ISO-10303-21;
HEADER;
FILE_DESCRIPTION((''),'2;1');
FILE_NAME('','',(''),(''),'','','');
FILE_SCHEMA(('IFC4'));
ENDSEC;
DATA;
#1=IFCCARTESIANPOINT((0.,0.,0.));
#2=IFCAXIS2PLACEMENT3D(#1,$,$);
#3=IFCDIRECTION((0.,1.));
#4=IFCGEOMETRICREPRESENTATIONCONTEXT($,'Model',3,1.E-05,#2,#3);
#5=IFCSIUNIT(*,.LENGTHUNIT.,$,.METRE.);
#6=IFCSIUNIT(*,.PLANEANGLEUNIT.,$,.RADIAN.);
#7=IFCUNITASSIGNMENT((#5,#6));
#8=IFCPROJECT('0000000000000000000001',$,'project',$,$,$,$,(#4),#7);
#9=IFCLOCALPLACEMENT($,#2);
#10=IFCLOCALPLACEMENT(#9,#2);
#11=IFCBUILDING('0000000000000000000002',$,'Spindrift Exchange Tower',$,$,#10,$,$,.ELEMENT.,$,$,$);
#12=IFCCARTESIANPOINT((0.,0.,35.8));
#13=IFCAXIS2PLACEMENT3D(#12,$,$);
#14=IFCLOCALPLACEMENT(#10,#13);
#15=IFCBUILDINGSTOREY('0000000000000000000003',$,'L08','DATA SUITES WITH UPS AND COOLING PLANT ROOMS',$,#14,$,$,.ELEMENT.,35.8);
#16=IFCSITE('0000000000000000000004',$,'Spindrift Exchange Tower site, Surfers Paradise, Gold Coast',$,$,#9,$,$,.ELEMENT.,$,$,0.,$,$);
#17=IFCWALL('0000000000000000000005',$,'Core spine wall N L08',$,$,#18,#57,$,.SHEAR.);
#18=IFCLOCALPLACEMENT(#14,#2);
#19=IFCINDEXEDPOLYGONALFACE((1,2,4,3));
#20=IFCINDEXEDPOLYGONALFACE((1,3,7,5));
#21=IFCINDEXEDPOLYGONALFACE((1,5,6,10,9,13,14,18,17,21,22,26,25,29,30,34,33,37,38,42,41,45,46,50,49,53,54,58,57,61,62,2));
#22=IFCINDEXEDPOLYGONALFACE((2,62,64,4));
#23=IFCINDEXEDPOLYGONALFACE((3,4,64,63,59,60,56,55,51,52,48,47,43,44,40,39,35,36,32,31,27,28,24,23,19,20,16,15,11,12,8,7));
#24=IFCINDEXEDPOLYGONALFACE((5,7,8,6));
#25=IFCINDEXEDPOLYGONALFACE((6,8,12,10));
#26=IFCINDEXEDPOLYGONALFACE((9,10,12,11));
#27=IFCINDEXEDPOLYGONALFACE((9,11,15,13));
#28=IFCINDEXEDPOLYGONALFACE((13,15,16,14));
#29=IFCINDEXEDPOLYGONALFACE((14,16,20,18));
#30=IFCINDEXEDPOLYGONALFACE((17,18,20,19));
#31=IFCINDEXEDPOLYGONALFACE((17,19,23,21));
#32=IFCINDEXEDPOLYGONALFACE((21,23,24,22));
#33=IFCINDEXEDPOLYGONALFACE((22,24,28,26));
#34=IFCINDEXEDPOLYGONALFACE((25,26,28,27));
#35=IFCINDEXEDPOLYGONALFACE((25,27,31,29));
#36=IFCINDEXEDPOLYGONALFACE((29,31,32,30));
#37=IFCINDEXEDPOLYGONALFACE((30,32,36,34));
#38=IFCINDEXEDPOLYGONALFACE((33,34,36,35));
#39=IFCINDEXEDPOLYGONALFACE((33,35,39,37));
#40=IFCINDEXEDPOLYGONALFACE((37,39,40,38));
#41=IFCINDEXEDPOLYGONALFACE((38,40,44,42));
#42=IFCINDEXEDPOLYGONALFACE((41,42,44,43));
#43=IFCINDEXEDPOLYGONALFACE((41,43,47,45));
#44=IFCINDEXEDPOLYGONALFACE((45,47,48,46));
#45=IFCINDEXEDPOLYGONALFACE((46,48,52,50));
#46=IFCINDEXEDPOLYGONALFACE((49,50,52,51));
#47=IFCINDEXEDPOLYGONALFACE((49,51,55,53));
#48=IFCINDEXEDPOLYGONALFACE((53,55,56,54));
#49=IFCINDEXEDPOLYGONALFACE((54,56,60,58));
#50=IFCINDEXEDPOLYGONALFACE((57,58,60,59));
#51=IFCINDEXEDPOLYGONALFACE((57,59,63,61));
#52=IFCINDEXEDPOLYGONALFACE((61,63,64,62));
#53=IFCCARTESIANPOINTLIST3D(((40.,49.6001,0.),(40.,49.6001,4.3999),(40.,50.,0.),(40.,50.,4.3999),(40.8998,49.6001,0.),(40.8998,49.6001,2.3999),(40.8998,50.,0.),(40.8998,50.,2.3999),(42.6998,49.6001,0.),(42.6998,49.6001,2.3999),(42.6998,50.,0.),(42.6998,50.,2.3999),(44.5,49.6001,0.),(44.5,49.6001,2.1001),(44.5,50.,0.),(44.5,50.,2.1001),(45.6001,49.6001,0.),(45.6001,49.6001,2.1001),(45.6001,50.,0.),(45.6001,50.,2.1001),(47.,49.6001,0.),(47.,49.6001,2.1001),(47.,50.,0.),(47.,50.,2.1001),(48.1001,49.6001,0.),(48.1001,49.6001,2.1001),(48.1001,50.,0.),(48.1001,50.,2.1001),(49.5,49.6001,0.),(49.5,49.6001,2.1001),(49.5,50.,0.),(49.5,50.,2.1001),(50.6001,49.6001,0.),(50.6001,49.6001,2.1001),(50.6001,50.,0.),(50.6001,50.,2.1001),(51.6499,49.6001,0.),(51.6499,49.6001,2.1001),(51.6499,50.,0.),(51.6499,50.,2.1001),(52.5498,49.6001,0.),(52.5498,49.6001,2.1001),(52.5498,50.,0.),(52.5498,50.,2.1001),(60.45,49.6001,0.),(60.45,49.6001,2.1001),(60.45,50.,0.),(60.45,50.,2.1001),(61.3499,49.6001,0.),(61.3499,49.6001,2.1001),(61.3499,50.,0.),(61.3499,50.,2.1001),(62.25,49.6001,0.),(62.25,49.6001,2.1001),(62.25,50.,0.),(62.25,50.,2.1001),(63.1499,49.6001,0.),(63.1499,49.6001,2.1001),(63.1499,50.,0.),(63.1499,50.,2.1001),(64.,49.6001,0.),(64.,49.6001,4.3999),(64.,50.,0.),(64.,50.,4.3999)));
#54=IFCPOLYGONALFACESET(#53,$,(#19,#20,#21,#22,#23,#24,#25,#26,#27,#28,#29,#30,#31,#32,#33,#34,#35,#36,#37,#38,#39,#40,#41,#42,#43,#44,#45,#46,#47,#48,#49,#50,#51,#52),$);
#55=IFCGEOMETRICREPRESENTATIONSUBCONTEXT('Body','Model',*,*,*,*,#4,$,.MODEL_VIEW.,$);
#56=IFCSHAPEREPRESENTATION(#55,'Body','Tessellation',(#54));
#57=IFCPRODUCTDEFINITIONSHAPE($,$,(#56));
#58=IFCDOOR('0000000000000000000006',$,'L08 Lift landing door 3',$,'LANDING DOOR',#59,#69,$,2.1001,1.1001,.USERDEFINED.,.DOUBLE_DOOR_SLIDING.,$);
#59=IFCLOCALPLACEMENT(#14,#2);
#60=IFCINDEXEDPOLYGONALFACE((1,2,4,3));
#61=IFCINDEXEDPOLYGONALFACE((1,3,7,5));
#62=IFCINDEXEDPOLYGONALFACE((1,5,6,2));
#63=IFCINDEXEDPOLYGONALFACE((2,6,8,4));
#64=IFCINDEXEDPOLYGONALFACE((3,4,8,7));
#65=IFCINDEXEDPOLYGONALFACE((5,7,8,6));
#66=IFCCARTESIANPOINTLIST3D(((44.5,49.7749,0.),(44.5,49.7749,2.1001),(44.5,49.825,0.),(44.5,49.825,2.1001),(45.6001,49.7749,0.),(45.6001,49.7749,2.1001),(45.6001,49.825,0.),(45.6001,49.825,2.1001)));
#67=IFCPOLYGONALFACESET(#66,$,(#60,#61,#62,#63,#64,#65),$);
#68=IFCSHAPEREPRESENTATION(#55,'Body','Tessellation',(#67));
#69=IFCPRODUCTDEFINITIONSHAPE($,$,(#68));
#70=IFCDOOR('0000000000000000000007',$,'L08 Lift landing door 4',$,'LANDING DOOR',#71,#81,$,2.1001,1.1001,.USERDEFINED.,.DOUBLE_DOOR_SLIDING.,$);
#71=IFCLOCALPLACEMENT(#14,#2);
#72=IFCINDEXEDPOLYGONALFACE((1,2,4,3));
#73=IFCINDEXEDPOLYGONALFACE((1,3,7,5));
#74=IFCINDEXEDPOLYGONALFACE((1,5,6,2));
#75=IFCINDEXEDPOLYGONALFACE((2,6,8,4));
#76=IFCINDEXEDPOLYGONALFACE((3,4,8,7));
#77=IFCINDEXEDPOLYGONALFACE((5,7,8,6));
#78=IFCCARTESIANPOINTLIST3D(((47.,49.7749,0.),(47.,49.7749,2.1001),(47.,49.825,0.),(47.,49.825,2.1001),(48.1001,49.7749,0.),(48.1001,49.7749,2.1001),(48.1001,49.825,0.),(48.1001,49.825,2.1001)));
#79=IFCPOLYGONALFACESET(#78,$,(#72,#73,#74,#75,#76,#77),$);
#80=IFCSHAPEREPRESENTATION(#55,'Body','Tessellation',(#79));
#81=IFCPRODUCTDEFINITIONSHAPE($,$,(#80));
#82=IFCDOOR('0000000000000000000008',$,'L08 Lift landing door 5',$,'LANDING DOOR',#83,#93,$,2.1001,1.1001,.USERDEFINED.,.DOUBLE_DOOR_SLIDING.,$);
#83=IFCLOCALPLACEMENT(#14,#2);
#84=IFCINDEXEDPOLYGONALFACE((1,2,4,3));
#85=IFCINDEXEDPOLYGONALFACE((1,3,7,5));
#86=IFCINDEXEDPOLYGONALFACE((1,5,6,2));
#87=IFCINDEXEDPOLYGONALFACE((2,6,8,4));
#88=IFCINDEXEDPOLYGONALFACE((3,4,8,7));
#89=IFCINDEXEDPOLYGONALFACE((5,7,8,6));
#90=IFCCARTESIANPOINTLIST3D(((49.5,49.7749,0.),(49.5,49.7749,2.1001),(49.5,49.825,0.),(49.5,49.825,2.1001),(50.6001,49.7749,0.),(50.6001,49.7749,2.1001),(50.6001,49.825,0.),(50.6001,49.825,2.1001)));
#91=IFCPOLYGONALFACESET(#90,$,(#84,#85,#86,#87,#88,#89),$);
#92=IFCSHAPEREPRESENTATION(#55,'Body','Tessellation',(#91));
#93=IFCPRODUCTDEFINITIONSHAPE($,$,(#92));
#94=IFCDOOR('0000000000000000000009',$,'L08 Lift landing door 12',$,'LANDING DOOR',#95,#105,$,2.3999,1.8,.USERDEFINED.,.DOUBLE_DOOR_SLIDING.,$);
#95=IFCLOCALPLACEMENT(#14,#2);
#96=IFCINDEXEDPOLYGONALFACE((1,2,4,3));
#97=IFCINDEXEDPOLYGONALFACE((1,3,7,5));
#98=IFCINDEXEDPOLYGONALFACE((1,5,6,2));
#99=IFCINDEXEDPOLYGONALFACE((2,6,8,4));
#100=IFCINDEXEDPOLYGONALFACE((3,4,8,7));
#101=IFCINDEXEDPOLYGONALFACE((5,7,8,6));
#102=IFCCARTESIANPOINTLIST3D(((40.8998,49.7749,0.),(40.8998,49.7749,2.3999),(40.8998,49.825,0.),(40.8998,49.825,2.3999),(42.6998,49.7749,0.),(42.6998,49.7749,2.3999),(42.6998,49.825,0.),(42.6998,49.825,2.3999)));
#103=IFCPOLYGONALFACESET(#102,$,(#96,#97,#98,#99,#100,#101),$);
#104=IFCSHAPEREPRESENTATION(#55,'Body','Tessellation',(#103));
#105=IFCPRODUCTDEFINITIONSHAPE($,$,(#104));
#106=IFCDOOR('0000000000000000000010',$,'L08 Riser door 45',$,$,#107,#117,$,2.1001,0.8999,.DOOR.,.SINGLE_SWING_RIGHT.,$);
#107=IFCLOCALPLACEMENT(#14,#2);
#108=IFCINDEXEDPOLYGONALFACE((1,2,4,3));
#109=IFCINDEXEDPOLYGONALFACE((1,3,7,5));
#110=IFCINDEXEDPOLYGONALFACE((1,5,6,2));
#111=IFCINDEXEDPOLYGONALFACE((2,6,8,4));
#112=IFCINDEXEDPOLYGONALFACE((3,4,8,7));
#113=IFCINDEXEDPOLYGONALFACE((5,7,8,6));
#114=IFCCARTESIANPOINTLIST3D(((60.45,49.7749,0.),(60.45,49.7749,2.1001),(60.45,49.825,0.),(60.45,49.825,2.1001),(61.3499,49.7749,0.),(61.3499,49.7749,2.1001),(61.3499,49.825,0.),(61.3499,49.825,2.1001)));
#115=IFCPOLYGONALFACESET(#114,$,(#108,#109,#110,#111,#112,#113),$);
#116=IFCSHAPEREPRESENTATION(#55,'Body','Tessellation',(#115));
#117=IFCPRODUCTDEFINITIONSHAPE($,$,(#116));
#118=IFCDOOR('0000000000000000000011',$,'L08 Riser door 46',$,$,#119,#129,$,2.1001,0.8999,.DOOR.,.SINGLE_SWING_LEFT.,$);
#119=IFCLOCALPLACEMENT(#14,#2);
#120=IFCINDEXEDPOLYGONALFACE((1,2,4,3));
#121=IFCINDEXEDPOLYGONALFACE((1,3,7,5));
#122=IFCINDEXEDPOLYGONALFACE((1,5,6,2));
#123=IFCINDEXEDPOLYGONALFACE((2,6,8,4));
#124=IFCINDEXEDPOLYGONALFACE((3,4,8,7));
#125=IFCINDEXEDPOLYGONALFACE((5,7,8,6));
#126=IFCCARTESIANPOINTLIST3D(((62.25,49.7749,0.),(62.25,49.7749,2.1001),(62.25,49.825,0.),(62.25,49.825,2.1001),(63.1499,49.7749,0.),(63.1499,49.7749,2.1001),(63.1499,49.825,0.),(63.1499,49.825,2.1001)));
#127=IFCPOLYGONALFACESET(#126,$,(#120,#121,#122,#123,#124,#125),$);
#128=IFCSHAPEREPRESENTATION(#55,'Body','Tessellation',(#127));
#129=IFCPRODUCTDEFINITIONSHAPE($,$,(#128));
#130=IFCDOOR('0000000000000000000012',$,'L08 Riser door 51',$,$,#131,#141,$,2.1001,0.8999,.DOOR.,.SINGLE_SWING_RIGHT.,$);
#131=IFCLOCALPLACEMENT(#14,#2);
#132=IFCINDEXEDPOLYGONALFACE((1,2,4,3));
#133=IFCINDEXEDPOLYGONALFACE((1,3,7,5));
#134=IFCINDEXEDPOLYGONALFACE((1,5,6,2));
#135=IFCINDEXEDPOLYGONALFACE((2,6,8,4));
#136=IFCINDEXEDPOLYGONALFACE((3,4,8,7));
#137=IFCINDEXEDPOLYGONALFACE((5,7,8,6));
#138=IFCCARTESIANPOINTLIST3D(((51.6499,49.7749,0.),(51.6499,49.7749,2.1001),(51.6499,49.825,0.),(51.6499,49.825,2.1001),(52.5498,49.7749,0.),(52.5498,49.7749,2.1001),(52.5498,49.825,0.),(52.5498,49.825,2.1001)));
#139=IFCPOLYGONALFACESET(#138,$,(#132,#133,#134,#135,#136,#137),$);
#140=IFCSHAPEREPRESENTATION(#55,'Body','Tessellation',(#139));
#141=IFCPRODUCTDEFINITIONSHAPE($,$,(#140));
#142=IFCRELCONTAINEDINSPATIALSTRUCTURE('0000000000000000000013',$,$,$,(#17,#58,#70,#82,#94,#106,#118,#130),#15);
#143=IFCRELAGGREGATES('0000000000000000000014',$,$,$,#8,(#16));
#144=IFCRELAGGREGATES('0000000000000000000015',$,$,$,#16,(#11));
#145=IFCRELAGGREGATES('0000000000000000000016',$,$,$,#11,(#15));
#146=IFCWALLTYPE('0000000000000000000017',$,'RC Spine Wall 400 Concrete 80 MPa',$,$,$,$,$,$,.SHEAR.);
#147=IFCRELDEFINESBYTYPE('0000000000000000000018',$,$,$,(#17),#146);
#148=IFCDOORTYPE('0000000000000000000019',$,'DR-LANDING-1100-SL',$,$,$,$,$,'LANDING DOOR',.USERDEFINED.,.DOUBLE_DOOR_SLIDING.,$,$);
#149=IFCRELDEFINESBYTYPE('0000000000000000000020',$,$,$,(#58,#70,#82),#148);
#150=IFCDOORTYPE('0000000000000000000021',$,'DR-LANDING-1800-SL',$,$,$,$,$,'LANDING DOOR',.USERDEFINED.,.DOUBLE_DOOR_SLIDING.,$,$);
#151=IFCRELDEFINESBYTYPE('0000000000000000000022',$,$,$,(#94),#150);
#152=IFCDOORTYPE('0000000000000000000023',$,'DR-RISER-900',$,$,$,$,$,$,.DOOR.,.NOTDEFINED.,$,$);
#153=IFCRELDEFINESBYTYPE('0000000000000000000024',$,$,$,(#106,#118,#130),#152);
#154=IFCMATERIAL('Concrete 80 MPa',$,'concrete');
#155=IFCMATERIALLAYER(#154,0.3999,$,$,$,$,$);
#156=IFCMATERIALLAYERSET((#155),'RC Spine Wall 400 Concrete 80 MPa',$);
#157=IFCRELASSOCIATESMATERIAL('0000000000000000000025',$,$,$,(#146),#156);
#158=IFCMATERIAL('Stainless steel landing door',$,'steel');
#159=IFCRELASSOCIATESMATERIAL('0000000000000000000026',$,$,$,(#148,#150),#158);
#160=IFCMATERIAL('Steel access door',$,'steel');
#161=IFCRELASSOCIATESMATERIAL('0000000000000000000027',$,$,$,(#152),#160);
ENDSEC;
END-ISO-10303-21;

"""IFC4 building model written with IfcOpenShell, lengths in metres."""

from ifc_helpers import new_model, si_unit, direction, frame, frame_2d, origin, place, context, subcontext, project, spatial, rectangle, extrude, source, transform, mapped, material, layer, layer_set, type_object, element, fill, save


model = new_model("IFC4")

# Units and contexts
model_context = context("Model", 3, precision=1e-05, world=origin(), true_north=direction((0.0, 1.0)))
body_context = subcontext(model_context, "Body", "Model", "MODEL_VIEW")
ifc_project = project(units=[si_unit("LENGTHUNIT", "METRE"), si_unit("PLANEANGLEUNIT", "RADIAN")], contexts=[model_context])

# Site, building, storey
site_placement = place(None, origin())
site = spatial("IfcSite", under=ifc_project, at=site_placement, Name="Spindrift Exchange Tower site, Surfers Paradise, Gold Coast", CompositionType="ELEMENT", RefElevation=0.0)
building_placement = place(site_placement, origin())
building = spatial("IfcBuilding", under=site, at=building_placement, Name="Spindrift Exchange Tower", CompositionType="ELEMENT")
storey_placement = place(building_placement, frame((0.0, 0.0, 35.8)))
storey = spatial("IfcBuildingStorey", under=building, at=storey_placement, Name="L08", Description="DATA SUITES WITH UPS AND COOLING PLANT ROOMS", CompositionType="ELEMENT", Elevation=35.8)

# Wall, openings, doors
ifc_material_1 = material(Name="Concrete 80 MPa", Category="concrete")
ifc_layer_1 = layer(ifc_material_1, 0.3999)
ifc_layer_set_1 = layer_set([ifc_layer_1], Name="RC Spine Wall 400 Concrete 80 MPa")
wall_type_1 = type_object("IfcWallType", Name="RC Spine Wall 400 Concrete 80 MPa", PredefinedType="SHEAR", material=ifc_layer_set_1)
wall_1_placement = place(storey_placement, frame((40.0, 49.8, 0.0), z_axis=(0.0, 0.0, 1.0), x_axis=(1.0, 0.0, 0.0)))
wall_1 = element("IfcWall", 1, at=wall_1_placement, inside=storey, type_object=wall_type_1, Name="Core spine wall N L08", PredefinedType="SHEAR", context=body_context, shape_type="SweptSolid", body=[
    extrude(rectangle(XDim=24.0, YDim=0.3999, at=frame_2d((12.0, 0.0))), origin(), (0.0, 0.0, 1.0), 4.3999),
])
opening_1_placement = place(wall_1_placement, frame((4.5, 0.0, 0.0)))
opening_1 = element("IfcOpeningElement", 2, at=opening_1_placement, cuts=wall_1, PredefinedType="OPENING", context=body_context, shape_type="SweptSolid", body=[
    extrude(rectangle(XDim=1.1001, YDim=2.1001, at=frame_2d((0.55, 1.05))), frame((0.0, 0.21, 0.0), z_axis=(0.0, -1.0, 0.0), x_axis=(1.0, 0.0, 0.0)), (0.0, 0.0, 1.0), 0.4199),
])
opening_2_placement = place(wall_1_placement, frame((7.0, 0.0, 0.0)))
opening_2 = element("IfcOpeningElement", 3, at=opening_2_placement, cuts=wall_1, PredefinedType="OPENING", context=body_context, shape_type="SweptSolid", body=[
    extrude(rectangle(XDim=1.1001, YDim=2.1001, at=frame_2d((0.55, 1.05))), frame((0.0, 0.21, 0.0), z_axis=(0.0, -1.0, 0.0), x_axis=(1.0, 0.0, 0.0)), (0.0, 0.0, 1.0), 0.4199),
])
opening_3_placement = place(wall_1_placement, frame((9.5, 0.0, 0.0)))
opening_3 = element("IfcOpeningElement", 4, at=opening_3_placement, cuts=wall_1, PredefinedType="OPENING", context=body_context, shape_type="SweptSolid", body=[
    extrude(rectangle(XDim=1.1001, YDim=2.1001, at=frame_2d((0.55, 1.05))), frame((0.0, 0.21, 0.0), z_axis=(0.0, -1.0, 0.0), x_axis=(1.0, 0.0, 0.0)), (0.0, 0.0, 1.0), 0.4199),
])
opening_4_placement = place(wall_1_placement, frame((0.8999, 0.0, 0.0)))
opening_4 = element("IfcOpeningElement", 5, at=opening_4_placement, cuts=wall_1, PredefinedType="OPENING", context=body_context, shape_type="SweptSolid", body=[
    extrude(rectangle(XDim=1.8, YDim=2.3999, at=frame_2d((0.8999, 1.2))), frame((0.0, 0.21, 0.0), z_axis=(0.0, -1.0, 0.0), x_axis=(1.0, 0.0, 0.0)), (0.0, 0.0, 1.0), 0.4199),
])
opening_5_placement = place(wall_1_placement, frame((20.45, 0.0, 0.0)))
opening_5 = element("IfcOpeningElement", 6, at=opening_5_placement, cuts=wall_1, PredefinedType="OPENING", context=body_context, shape_type="SweptSolid", body=[
    extrude(rectangle(XDim=0.8999, YDim=2.1001, at=frame_2d((0.45, 1.05))), frame((0.0, 0.21, 0.0), z_axis=(0.0, -1.0, 0.0), x_axis=(1.0, 0.0, 0.0)), (0.0, 0.0, 1.0), 0.4199),
])
opening_6_placement = place(wall_1_placement, frame((22.25, 0.0, 0.0)))
opening_6 = element("IfcOpeningElement", 7, at=opening_6_placement, cuts=wall_1, PredefinedType="OPENING", context=body_context, shape_type="SweptSolid", body=[
    extrude(rectangle(XDim=0.8999, YDim=2.1001, at=frame_2d((0.45, 1.05))), frame((0.0, 0.21, 0.0), z_axis=(0.0, -1.0, 0.0), x_axis=(1.0, 0.0, 0.0)), (0.0, 0.0, 1.0), 0.4199),
])
opening_7_placement = place(wall_1_placement, frame((11.6499, 0.0, 0.0)))
opening_7 = element("IfcOpeningElement", 8, at=opening_7_placement, cuts=wall_1, PredefinedType="OPENING", context=body_context, shape_type="SweptSolid", body=[
    extrude(rectangle(XDim=0.8999, YDim=2.1001, at=frame_2d((0.45, 1.05))), frame((0.0, 0.21, 0.0), z_axis=(0.0, -1.0, 0.0), x_axis=(1.0, 0.0, 0.0)), (0.0, 0.0, 1.0), 0.4199),
])
ifc_material_2 = material(Name="Stainless steel landing door", Category="steel")
door_type_1 = type_object("IfcDoorType", Name="DR-LANDING-1100-SL", ElementType="LANDING DOOR", OperationType="DOUBLE_DOOR_SLIDING", PredefinedType="USERDEFINED", material=ifc_material_2)
shared_shape_1 = source(origin(), body_context, "Body", "SweptSolid", [
    extrude(rectangle(XDim=1.1001, YDim=2.1001, at=frame_2d((0.55, 1.05))), frame((0.0, 0.0249, 0.0), z_axis=(0.0, -1.0, 0.0), x_axis=(1.0, 0.0, 0.0)), (0.0, 0.0, 1.0), 0.05),
])
door_1_placement = place(opening_1_placement, origin())
door_1 = element("IfcDoor", 9, at=door_1_placement, inside=storey, type_object=door_type_1, Name="L08 Lift landing door 3", ObjectType="LANDING DOOR", OperationType="DOUBLE_DOOR_SLIDING", OverallHeight=2.1001, OverallWidth=1.1001, PredefinedType="USERDEFINED", context=body_context, shape_type="MappedRepresentation", body=[
    mapped(shared_shape_1, transform((0.0, 0.0, 0.0), scale=1.0)),
])
fill(opening_1, door_1)
door_2_placement = place(opening_2_placement, origin())
door_2 = element("IfcDoor", 10, at=door_2_placement, inside=storey, type_object=door_type_1, Name="L08 Lift landing door 4", ObjectType="LANDING DOOR", OperationType="DOUBLE_DOOR_SLIDING", OverallHeight=2.1001, OverallWidth=1.1001, PredefinedType="USERDEFINED", context=body_context, shape_type="MappedRepresentation", body=[
    mapped(shared_shape_1, transform((0.0, 0.0, 0.0), scale=1.0)),
])
fill(opening_2, door_2)
door_3_placement = place(opening_3_placement, origin())
door_3 = element("IfcDoor", 11, at=door_3_placement, inside=storey, type_object=door_type_1, Name="L08 Lift landing door 5", ObjectType="LANDING DOOR", OperationType="DOUBLE_DOOR_SLIDING", OverallHeight=2.1001, OverallWidth=1.1001, PredefinedType="USERDEFINED", context=body_context, shape_type="MappedRepresentation", body=[
    mapped(shared_shape_1, transform((0.0, 0.0, 0.0), scale=1.0)),
])
fill(opening_3, door_3)
door_type_2 = type_object("IfcDoorType", Name="DR-LANDING-1800-SL", ElementType="LANDING DOOR", OperationType="DOUBLE_DOOR_SLIDING", PredefinedType="USERDEFINED", material=ifc_material_2)
shared_shape_2 = source(origin(), body_context, "Body", "SweptSolid", [
    extrude(rectangle(XDim=1.8, YDim=2.3999, at=frame_2d((0.8999, 1.2))), frame((0.0, 0.0249, 0.0), z_axis=(0.0, -1.0, 0.0), x_axis=(1.0, 0.0, 0.0)), (0.0, 0.0, 1.0), 0.05),
])
door_4_placement = place(opening_4_placement, origin())
door_4 = element("IfcDoor", 12, at=door_4_placement, inside=storey, type_object=door_type_2, Name="L08 Lift landing door 12", ObjectType="LANDING DOOR", OperationType="DOUBLE_DOOR_SLIDING", OverallHeight=2.3999, OverallWidth=1.8, PredefinedType="USERDEFINED", context=body_context, shape_type="MappedRepresentation", body=[
    mapped(shared_shape_2, transform((0.0, 0.0, 0.0), scale=1.0)),
])
fill(opening_4, door_4)
ifc_material_3 = material(Name="Steel access door", Category="steel")
door_type_3 = type_object("IfcDoorType", Name="DR-RISER-900", OperationType="NOTDEFINED", PredefinedType="DOOR", material=ifc_material_3)
shared_shape_3 = source(origin(), body_context, "Body", "SweptSolid", [
    extrude(rectangle(XDim=0.8999, YDim=2.1001, at=frame_2d((0.45, 1.05))), frame((0.0, 0.0249, 0.0), z_axis=(0.0, -1.0, 0.0), x_axis=(1.0, 0.0, 0.0)), (0.0, 0.0, 1.0), 0.05),
])
door_5_placement = place(opening_5_placement, origin())
door_5 = element("IfcDoor", 13, at=door_5_placement, inside=storey, type_object=door_type_3, Name="L08 Riser door 45", OperationType="SINGLE_SWING_RIGHT", OverallHeight=2.1001, OverallWidth=0.8999, PredefinedType="DOOR", context=body_context, shape_type="MappedRepresentation", body=[
    mapped(shared_shape_3, transform((0.0, 0.0, 0.0), scale=1.0)),
])
fill(opening_5, door_5)
door_6_placement = place(opening_6_placement, origin())
door_6 = element("IfcDoor", 14, at=door_6_placement, inside=storey, type_object=door_type_3, Name="L08 Riser door 46", OperationType="SINGLE_SWING_LEFT", OverallHeight=2.1001, OverallWidth=0.8999, PredefinedType="DOOR", context=body_context, shape_type="MappedRepresentation", body=[
    mapped(shared_shape_3, transform((0.0, 0.0, 0.0), scale=1.0)),
])
fill(opening_6, door_6)
door_7_placement = place(opening_7_placement, origin())
door_7 = element("IfcDoor", 15, at=door_7_placement, inside=storey, type_object=door_type_3, Name="L08 Riser door 51", OperationType="SINGLE_SWING_RIGHT", OverallHeight=2.1001, OverallWidth=0.8999, PredefinedType="DOOR", context=body_context, shape_type="MappedRepresentation", body=[
    mapped(shared_shape_3, transform((0.0, 0.0, 0.0), scale=1.0)),
])
fill(opening_7, door_7)

save(model, "model.ifc")
